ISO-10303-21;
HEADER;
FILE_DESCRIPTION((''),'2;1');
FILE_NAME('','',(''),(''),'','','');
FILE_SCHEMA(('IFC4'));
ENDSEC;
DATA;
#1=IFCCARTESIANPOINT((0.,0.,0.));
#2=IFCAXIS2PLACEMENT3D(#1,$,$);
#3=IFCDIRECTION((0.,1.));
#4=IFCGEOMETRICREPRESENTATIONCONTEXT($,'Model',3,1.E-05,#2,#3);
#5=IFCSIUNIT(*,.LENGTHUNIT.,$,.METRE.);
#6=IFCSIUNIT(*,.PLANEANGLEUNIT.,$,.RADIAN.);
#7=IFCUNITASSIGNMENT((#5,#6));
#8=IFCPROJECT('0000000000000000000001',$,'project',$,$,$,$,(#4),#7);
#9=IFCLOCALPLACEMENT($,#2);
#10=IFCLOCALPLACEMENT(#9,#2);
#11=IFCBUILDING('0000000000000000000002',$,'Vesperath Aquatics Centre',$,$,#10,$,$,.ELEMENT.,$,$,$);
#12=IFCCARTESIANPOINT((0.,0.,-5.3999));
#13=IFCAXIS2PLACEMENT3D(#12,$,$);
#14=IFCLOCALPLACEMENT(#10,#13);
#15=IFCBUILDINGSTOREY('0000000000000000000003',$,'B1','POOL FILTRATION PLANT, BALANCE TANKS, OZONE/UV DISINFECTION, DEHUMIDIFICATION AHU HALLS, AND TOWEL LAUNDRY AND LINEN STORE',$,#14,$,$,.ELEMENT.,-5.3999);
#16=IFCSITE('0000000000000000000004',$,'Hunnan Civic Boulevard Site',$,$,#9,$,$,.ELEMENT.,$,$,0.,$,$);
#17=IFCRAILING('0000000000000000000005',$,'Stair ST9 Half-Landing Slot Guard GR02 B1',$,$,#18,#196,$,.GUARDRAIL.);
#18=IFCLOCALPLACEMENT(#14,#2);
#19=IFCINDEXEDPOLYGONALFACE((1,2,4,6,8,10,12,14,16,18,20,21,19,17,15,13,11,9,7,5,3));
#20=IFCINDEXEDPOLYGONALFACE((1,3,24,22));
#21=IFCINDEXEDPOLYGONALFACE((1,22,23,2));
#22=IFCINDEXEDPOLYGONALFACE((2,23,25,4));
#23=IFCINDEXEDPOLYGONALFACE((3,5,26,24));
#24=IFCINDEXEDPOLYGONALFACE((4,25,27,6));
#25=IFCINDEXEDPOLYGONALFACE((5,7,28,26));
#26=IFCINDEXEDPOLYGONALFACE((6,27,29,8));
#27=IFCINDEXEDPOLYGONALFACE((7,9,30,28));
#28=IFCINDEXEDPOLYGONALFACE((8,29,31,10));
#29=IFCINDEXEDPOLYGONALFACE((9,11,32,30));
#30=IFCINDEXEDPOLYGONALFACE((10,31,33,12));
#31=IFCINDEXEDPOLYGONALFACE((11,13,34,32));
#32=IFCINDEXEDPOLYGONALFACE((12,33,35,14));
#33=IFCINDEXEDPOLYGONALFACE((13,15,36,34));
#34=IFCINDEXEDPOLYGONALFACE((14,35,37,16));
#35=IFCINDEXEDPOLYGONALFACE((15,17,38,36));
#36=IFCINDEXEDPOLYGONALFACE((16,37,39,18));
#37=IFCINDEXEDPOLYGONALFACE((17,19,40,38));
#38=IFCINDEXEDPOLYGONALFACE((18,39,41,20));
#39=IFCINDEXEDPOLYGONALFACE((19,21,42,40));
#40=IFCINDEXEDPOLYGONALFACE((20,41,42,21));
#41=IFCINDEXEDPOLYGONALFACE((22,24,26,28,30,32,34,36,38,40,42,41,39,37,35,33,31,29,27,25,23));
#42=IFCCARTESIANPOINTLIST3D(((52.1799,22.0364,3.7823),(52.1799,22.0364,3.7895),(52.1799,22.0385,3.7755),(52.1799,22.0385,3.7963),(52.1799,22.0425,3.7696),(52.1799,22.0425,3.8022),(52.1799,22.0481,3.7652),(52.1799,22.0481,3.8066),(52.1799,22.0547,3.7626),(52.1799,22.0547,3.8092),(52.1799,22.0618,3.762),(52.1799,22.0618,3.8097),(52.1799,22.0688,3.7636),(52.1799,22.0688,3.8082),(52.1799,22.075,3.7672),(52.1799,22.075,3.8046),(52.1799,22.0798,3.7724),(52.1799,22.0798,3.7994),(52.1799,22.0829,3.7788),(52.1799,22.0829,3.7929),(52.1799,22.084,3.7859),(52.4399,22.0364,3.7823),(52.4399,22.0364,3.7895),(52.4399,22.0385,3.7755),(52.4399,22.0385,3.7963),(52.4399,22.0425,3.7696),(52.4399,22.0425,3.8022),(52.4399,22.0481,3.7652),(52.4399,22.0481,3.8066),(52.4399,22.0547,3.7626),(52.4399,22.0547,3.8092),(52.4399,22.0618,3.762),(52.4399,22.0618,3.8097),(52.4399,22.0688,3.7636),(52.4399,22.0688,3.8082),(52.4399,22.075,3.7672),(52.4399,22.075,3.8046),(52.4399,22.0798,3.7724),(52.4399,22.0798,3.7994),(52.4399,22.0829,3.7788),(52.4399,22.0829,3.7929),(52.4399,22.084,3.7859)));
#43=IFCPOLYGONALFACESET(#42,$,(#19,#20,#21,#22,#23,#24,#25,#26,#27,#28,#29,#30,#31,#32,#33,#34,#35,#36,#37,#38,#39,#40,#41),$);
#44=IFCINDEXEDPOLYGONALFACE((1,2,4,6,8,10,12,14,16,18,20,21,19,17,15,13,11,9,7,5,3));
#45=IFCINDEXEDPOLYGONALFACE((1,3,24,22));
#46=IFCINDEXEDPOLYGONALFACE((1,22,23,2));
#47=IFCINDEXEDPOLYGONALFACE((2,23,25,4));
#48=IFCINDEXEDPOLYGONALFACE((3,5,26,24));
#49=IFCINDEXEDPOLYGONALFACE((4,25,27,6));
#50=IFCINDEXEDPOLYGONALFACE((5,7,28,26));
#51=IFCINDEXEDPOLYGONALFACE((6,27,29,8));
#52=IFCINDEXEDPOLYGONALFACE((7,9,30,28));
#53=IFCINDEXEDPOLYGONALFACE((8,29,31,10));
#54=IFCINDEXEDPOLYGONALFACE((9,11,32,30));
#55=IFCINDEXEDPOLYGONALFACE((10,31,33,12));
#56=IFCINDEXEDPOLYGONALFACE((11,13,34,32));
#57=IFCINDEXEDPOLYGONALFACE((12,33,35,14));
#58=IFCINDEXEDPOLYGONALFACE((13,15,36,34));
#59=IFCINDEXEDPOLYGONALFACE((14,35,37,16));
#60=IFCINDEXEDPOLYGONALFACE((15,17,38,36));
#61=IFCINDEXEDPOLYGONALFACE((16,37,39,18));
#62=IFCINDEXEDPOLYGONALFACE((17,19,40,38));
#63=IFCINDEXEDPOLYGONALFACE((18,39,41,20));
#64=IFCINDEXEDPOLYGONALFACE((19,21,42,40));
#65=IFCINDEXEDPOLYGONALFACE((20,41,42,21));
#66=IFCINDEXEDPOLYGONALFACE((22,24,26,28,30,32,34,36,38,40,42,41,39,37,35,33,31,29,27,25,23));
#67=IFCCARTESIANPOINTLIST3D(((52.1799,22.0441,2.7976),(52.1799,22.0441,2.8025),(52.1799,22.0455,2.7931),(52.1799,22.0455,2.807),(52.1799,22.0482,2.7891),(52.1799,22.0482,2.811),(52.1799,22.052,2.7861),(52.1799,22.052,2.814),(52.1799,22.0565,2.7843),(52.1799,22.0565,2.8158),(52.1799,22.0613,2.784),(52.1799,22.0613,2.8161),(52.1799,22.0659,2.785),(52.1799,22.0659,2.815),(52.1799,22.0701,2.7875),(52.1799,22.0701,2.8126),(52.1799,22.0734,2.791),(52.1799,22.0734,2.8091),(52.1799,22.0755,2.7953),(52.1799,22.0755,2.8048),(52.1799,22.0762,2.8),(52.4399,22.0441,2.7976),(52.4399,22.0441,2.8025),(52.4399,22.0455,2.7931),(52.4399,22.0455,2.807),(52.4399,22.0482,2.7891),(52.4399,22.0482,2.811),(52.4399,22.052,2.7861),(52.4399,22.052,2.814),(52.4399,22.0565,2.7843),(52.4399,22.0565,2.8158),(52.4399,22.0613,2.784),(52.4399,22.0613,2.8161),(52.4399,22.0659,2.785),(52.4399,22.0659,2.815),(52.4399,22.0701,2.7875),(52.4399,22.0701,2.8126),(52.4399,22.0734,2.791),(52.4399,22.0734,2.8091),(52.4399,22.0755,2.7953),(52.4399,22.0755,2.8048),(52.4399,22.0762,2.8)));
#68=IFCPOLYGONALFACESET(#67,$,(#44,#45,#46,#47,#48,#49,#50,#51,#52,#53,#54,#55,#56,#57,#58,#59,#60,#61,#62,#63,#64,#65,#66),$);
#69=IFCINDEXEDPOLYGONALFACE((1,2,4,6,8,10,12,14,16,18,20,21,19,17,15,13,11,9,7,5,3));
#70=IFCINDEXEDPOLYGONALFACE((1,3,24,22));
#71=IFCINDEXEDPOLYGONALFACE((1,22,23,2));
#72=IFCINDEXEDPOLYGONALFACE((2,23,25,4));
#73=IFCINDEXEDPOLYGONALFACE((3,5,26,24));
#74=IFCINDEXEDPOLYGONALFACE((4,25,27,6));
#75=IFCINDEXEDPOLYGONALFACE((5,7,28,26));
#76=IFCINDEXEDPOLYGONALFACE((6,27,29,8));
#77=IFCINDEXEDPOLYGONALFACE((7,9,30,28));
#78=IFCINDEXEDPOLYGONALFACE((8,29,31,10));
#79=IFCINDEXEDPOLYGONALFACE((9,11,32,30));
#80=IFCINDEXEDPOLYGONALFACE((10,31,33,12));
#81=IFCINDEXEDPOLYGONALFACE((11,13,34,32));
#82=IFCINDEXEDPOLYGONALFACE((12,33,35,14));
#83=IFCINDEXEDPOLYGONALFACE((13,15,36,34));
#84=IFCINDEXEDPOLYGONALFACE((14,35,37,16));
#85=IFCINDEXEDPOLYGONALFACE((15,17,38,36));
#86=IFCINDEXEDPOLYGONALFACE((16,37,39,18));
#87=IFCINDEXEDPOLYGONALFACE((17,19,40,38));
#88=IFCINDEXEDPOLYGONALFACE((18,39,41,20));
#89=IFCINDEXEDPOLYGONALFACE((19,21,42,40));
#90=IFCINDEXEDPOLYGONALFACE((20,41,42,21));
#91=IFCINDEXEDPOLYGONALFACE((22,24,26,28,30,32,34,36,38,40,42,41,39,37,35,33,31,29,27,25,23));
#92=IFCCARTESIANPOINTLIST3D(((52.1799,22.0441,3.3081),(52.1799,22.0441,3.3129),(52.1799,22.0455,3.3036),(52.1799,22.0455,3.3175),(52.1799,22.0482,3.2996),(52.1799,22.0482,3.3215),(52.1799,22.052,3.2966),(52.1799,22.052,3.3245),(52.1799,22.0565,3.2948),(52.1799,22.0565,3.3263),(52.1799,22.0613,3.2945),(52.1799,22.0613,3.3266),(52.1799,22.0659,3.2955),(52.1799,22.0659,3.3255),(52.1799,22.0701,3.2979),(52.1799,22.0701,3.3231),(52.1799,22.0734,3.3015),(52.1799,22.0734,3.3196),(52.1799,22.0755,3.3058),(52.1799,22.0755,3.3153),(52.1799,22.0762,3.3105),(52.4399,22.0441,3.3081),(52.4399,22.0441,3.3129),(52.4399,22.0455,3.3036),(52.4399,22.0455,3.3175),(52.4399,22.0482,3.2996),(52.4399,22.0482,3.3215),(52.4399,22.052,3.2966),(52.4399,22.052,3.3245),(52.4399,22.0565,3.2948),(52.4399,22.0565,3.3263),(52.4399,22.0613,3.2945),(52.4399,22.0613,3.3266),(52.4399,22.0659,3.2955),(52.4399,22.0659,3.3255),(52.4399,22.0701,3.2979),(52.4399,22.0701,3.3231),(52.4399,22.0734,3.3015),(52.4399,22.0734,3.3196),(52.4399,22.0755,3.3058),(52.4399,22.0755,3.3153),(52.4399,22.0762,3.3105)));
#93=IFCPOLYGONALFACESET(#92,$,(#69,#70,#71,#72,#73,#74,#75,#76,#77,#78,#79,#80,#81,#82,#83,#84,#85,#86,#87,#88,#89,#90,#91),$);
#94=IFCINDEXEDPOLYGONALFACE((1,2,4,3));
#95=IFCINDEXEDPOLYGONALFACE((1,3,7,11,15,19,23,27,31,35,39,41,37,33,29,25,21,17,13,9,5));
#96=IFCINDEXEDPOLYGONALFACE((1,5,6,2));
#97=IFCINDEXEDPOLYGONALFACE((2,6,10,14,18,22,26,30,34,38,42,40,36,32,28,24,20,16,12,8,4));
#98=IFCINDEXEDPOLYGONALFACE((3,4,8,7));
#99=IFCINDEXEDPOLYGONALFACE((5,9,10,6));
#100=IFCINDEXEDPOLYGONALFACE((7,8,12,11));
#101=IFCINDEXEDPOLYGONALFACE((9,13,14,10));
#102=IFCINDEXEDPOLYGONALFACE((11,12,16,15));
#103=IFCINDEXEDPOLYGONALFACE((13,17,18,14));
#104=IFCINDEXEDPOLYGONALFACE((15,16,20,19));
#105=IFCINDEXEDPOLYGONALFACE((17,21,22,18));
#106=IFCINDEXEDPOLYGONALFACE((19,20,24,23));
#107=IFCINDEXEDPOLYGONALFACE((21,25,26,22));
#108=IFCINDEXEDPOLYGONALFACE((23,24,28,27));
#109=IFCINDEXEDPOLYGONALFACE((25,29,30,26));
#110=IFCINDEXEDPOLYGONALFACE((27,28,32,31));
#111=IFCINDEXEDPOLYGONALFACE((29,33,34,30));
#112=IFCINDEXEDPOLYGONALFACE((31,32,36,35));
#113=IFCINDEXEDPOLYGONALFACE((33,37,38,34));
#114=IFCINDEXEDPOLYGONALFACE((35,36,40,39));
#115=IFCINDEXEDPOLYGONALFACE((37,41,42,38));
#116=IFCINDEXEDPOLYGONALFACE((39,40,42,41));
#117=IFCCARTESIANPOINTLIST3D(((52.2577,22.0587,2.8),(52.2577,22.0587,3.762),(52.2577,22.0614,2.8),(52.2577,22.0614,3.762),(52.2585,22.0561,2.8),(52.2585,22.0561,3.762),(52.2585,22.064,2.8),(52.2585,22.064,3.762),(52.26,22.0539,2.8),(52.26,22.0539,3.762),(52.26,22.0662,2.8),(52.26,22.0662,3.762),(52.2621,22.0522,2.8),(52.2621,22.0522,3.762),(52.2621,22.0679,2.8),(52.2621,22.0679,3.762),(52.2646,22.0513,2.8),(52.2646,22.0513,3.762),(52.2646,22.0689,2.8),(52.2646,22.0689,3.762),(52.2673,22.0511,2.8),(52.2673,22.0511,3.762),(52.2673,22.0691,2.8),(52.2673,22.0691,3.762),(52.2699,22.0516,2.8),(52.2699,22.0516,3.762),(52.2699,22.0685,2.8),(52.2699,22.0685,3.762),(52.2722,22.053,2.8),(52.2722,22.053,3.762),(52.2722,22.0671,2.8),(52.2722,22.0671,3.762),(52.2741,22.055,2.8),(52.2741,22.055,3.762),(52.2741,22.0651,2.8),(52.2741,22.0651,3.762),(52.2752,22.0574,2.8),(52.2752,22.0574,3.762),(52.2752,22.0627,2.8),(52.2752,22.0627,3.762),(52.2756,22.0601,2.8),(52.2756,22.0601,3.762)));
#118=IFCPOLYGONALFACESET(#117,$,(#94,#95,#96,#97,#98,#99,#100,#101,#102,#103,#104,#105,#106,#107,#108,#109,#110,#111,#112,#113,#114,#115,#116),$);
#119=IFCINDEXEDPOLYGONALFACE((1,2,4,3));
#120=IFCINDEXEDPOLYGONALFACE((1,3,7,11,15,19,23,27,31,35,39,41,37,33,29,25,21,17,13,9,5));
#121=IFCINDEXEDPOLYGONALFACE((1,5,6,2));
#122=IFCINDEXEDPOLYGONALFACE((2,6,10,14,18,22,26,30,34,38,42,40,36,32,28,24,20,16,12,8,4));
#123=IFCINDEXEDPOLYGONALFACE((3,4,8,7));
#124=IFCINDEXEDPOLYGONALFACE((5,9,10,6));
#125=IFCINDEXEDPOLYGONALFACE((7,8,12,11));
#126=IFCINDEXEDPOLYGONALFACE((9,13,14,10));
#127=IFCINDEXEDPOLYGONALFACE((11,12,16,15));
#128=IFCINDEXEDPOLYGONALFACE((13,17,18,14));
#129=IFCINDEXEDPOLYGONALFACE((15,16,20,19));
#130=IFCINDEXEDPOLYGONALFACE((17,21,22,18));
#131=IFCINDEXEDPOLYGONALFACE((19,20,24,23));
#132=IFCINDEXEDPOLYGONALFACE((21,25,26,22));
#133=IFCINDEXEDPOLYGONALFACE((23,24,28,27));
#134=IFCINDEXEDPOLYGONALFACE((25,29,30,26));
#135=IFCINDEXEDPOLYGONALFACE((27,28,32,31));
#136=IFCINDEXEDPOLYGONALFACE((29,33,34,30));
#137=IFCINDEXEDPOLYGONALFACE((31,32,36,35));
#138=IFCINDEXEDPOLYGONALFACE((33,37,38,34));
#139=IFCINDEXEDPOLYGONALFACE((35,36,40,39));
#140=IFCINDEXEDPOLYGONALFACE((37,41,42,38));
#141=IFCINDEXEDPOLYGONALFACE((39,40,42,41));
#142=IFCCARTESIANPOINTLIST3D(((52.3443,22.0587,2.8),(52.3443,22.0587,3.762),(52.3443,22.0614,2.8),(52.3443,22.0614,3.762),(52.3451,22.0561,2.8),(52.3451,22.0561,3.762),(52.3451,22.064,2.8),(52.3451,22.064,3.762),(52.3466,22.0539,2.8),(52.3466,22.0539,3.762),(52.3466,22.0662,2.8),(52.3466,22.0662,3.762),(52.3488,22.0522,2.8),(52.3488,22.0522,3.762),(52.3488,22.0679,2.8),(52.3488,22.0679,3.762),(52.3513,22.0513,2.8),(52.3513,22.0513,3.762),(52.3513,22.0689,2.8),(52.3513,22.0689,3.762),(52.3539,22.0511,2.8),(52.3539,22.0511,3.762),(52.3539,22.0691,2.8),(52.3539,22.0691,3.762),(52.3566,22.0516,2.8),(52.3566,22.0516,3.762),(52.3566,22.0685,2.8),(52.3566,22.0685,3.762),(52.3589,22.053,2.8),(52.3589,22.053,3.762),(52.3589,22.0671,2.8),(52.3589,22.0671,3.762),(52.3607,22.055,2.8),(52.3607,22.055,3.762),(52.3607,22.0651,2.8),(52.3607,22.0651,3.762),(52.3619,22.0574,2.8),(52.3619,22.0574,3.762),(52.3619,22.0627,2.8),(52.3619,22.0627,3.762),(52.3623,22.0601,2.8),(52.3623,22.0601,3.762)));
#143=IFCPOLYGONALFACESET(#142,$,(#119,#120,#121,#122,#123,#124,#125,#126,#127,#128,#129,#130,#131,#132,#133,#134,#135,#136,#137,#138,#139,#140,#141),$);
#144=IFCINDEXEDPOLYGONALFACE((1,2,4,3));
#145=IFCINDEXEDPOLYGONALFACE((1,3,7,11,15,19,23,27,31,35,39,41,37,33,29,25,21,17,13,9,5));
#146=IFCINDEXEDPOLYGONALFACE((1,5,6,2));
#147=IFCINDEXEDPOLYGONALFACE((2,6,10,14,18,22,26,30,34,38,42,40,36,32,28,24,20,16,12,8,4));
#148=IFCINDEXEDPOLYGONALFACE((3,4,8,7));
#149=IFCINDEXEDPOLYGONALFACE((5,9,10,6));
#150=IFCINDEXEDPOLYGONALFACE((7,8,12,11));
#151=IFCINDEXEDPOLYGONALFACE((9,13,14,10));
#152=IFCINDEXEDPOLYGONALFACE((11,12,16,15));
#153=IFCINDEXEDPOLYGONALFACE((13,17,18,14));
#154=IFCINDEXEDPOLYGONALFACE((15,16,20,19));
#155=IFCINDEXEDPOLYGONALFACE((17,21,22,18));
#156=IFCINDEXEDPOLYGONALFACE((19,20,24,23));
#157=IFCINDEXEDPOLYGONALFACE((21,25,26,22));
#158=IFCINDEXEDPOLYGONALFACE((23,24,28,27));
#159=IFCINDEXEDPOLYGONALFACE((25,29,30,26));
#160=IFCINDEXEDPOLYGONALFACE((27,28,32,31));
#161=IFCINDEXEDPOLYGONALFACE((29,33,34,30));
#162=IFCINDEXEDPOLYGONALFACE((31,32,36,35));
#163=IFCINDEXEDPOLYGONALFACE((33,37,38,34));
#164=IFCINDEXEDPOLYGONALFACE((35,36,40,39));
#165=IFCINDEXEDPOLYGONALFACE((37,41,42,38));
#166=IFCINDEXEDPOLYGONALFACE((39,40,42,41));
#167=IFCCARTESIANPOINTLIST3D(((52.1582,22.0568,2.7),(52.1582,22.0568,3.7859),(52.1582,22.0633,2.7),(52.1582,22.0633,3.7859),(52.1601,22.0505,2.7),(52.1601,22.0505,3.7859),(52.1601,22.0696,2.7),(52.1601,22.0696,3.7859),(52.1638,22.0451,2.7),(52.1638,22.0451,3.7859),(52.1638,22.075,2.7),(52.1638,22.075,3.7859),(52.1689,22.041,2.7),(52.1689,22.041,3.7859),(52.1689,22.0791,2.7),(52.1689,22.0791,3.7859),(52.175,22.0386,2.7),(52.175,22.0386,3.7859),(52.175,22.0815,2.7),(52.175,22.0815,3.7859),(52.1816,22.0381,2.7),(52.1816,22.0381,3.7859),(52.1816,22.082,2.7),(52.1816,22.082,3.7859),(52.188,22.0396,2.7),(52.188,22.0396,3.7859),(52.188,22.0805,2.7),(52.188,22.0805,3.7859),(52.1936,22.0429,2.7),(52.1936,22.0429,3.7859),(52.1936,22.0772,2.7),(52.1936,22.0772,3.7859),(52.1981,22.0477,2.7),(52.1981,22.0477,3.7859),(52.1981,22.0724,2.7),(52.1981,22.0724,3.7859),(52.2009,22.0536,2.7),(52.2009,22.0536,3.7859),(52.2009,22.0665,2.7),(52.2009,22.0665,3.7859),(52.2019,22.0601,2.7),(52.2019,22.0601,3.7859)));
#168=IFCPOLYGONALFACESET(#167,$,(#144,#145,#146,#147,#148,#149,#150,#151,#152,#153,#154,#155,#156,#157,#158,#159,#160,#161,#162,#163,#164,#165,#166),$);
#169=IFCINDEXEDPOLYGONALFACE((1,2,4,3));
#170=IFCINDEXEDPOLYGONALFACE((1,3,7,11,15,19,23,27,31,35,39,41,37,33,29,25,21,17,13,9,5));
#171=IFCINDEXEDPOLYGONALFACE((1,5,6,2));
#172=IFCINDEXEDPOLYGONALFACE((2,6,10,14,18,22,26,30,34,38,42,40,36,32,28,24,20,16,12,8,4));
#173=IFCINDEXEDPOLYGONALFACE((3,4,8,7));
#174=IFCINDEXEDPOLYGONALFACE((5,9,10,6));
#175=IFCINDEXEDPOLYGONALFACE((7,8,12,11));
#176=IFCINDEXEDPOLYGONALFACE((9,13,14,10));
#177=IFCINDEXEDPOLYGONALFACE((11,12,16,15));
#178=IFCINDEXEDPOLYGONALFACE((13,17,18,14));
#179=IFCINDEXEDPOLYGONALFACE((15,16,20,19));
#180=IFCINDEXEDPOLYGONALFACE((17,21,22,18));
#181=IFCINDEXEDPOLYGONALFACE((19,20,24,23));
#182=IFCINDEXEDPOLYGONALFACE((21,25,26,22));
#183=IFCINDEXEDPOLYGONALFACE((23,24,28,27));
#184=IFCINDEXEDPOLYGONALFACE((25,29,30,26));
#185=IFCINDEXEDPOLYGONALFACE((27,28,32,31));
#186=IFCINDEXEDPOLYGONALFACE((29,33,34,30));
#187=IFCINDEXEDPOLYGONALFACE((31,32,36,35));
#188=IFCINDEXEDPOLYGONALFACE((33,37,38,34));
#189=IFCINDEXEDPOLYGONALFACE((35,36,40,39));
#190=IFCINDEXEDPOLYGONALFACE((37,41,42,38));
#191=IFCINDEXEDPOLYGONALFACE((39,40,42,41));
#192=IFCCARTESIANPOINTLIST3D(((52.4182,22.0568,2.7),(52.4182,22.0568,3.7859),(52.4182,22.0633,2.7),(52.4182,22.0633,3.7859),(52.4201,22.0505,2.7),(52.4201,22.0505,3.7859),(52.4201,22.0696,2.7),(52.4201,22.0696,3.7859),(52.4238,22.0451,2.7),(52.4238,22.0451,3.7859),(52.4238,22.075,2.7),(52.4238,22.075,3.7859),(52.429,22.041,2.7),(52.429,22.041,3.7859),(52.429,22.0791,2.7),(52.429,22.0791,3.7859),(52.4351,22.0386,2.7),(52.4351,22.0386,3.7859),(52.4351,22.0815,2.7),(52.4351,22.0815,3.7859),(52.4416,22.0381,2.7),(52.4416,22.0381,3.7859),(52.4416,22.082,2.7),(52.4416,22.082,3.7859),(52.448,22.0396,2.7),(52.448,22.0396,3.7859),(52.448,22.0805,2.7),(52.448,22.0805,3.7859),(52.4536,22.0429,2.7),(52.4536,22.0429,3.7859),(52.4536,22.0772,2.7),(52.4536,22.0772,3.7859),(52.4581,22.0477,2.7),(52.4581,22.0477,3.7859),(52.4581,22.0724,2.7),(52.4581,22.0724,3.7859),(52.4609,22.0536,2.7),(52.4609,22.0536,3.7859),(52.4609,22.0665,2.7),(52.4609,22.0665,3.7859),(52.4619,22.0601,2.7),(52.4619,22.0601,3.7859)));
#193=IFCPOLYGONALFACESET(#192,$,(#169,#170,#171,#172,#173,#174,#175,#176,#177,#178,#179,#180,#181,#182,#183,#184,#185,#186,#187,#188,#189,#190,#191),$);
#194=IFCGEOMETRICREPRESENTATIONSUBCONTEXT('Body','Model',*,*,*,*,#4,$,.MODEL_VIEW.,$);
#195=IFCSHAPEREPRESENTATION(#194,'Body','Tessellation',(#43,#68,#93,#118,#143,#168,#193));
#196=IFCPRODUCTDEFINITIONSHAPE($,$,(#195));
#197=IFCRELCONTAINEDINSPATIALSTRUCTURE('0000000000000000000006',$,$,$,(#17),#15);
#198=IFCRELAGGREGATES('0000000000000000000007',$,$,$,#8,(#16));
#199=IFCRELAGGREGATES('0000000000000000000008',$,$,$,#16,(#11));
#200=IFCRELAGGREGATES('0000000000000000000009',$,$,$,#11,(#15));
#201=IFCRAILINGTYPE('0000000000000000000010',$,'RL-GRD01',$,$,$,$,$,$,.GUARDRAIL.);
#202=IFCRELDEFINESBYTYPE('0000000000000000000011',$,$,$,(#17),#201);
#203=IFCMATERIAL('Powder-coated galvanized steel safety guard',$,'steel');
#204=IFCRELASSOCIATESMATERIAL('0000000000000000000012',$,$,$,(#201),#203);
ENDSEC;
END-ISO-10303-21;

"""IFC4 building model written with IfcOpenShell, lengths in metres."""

from ifc_helpers import new_model, si_unit, direction, frame, origin, origin_2d, place, context, subcontext, project, spatial, circle, extrude, material, type_object, element, save


model = new_model("IFC4")

# Units and contexts
model_context = context("Model", 3, precision=1e-05, world=origin(), true_north=direction((0.0, 1.0)))
body_context = subcontext(model_context, "Body", "Model", "MODEL_VIEW")
ifc_project = project(units=[si_unit("LENGTHUNIT", "METRE"), si_unit("PLANEANGLEUNIT", "RADIAN")], contexts=[model_context])

# Site, building, storey
site_placement = place(None, origin())
site = spatial("IfcSite", under=ifc_project, at=site_placement, Name="Hunnan Civic Boulevard Site", CompositionType="ELEMENT", RefElevation=0.0)
building_placement = place(site_placement, origin())
building = spatial("IfcBuilding", under=site, at=building_placement, Name="Vesperath Aquatics Centre", CompositionType="ELEMENT")
storey_placement = place(building_placement, frame((0.0, 0.0, -5.3999)))
storey = spatial("IfcBuildingStorey", under=building, at=storey_placement, Name="B1", Description="POOL FILTRATION PLANT, BALANCE TANKS, OZONE/UV DISINFECTION, DEHUMIDIFICATION AHU HALLS, AND TOWEL LAUNDRY AND LINEN STORE", CompositionType="ELEMENT", Elevation=-5.3999)

# Railing
ifc_material_1 = material(Name="Powder-coated galvanized steel safety guard", Category="steel")
railing_type_1 = type_object("IfcRailingType", Name="RL-GRD01", PredefinedType="GUARDRAIL", material=ifc_material_1)
railing_1_placement = place(storey_placement, frame((52.1799, 22.0601, 2.7)))
element("IfcRailing", 1, at=railing_1_placement, inside=storey, type_object=railing_type_1, Name="Stair ST9 Half-Landing Slot Guard GR02 B1", PredefinedType="GUARDRAIL", context=body_context, shape_type="SweptSolid", body=[
    extrude(circle(Radius=0.0239, at=origin_2d()), frame((0.0, 0.0, 1.0859), z_axis=(1.0, 0.0, 0.0), x_axis=(0.0, 1.0, 0.0)), (0.0, 0.0, 1.0), 0.26),
    extrude(circle(Radius=0.0161, at=origin_2d()), frame((0.0, 0.0, 0.1001), z_axis=(1.0, 0.0, 0.0), x_axis=(0.0, 1.0, 0.0)), (0.0, 0.0, 1.0), 0.26),
    extrude(circle(Radius=0.0161, at=origin_2d()), frame((0.0, 0.0, 0.6106), z_axis=(1.0, 0.0, 0.0), x_axis=(0.0, 1.0, 0.0)), (0.0, 0.0, 1.0), 0.26),
    extrude(circle(Radius=0.009, at=origin_2d()), frame((0.0867, 0.0, 0.1001)), (0.0, 0.0, 1.0), 0.9619),
    extrude(circle(Radius=0.009, at=origin_2d()), frame((0.1733, 0.0, 0.1001)), (0.0, 0.0, 1.0), 0.9619),
    extrude(circle(Radius=0.022, at=origin_2d()), origin(), (0.0, 0.0, 1.0), 1.0859),
    extrude(circle(Radius=0.022, at=origin_2d()), frame((0.26, 0.0, 0.0)), (0.0, 0.0, 1.0), 1.0859),
])

save(model, "model.ifc")
